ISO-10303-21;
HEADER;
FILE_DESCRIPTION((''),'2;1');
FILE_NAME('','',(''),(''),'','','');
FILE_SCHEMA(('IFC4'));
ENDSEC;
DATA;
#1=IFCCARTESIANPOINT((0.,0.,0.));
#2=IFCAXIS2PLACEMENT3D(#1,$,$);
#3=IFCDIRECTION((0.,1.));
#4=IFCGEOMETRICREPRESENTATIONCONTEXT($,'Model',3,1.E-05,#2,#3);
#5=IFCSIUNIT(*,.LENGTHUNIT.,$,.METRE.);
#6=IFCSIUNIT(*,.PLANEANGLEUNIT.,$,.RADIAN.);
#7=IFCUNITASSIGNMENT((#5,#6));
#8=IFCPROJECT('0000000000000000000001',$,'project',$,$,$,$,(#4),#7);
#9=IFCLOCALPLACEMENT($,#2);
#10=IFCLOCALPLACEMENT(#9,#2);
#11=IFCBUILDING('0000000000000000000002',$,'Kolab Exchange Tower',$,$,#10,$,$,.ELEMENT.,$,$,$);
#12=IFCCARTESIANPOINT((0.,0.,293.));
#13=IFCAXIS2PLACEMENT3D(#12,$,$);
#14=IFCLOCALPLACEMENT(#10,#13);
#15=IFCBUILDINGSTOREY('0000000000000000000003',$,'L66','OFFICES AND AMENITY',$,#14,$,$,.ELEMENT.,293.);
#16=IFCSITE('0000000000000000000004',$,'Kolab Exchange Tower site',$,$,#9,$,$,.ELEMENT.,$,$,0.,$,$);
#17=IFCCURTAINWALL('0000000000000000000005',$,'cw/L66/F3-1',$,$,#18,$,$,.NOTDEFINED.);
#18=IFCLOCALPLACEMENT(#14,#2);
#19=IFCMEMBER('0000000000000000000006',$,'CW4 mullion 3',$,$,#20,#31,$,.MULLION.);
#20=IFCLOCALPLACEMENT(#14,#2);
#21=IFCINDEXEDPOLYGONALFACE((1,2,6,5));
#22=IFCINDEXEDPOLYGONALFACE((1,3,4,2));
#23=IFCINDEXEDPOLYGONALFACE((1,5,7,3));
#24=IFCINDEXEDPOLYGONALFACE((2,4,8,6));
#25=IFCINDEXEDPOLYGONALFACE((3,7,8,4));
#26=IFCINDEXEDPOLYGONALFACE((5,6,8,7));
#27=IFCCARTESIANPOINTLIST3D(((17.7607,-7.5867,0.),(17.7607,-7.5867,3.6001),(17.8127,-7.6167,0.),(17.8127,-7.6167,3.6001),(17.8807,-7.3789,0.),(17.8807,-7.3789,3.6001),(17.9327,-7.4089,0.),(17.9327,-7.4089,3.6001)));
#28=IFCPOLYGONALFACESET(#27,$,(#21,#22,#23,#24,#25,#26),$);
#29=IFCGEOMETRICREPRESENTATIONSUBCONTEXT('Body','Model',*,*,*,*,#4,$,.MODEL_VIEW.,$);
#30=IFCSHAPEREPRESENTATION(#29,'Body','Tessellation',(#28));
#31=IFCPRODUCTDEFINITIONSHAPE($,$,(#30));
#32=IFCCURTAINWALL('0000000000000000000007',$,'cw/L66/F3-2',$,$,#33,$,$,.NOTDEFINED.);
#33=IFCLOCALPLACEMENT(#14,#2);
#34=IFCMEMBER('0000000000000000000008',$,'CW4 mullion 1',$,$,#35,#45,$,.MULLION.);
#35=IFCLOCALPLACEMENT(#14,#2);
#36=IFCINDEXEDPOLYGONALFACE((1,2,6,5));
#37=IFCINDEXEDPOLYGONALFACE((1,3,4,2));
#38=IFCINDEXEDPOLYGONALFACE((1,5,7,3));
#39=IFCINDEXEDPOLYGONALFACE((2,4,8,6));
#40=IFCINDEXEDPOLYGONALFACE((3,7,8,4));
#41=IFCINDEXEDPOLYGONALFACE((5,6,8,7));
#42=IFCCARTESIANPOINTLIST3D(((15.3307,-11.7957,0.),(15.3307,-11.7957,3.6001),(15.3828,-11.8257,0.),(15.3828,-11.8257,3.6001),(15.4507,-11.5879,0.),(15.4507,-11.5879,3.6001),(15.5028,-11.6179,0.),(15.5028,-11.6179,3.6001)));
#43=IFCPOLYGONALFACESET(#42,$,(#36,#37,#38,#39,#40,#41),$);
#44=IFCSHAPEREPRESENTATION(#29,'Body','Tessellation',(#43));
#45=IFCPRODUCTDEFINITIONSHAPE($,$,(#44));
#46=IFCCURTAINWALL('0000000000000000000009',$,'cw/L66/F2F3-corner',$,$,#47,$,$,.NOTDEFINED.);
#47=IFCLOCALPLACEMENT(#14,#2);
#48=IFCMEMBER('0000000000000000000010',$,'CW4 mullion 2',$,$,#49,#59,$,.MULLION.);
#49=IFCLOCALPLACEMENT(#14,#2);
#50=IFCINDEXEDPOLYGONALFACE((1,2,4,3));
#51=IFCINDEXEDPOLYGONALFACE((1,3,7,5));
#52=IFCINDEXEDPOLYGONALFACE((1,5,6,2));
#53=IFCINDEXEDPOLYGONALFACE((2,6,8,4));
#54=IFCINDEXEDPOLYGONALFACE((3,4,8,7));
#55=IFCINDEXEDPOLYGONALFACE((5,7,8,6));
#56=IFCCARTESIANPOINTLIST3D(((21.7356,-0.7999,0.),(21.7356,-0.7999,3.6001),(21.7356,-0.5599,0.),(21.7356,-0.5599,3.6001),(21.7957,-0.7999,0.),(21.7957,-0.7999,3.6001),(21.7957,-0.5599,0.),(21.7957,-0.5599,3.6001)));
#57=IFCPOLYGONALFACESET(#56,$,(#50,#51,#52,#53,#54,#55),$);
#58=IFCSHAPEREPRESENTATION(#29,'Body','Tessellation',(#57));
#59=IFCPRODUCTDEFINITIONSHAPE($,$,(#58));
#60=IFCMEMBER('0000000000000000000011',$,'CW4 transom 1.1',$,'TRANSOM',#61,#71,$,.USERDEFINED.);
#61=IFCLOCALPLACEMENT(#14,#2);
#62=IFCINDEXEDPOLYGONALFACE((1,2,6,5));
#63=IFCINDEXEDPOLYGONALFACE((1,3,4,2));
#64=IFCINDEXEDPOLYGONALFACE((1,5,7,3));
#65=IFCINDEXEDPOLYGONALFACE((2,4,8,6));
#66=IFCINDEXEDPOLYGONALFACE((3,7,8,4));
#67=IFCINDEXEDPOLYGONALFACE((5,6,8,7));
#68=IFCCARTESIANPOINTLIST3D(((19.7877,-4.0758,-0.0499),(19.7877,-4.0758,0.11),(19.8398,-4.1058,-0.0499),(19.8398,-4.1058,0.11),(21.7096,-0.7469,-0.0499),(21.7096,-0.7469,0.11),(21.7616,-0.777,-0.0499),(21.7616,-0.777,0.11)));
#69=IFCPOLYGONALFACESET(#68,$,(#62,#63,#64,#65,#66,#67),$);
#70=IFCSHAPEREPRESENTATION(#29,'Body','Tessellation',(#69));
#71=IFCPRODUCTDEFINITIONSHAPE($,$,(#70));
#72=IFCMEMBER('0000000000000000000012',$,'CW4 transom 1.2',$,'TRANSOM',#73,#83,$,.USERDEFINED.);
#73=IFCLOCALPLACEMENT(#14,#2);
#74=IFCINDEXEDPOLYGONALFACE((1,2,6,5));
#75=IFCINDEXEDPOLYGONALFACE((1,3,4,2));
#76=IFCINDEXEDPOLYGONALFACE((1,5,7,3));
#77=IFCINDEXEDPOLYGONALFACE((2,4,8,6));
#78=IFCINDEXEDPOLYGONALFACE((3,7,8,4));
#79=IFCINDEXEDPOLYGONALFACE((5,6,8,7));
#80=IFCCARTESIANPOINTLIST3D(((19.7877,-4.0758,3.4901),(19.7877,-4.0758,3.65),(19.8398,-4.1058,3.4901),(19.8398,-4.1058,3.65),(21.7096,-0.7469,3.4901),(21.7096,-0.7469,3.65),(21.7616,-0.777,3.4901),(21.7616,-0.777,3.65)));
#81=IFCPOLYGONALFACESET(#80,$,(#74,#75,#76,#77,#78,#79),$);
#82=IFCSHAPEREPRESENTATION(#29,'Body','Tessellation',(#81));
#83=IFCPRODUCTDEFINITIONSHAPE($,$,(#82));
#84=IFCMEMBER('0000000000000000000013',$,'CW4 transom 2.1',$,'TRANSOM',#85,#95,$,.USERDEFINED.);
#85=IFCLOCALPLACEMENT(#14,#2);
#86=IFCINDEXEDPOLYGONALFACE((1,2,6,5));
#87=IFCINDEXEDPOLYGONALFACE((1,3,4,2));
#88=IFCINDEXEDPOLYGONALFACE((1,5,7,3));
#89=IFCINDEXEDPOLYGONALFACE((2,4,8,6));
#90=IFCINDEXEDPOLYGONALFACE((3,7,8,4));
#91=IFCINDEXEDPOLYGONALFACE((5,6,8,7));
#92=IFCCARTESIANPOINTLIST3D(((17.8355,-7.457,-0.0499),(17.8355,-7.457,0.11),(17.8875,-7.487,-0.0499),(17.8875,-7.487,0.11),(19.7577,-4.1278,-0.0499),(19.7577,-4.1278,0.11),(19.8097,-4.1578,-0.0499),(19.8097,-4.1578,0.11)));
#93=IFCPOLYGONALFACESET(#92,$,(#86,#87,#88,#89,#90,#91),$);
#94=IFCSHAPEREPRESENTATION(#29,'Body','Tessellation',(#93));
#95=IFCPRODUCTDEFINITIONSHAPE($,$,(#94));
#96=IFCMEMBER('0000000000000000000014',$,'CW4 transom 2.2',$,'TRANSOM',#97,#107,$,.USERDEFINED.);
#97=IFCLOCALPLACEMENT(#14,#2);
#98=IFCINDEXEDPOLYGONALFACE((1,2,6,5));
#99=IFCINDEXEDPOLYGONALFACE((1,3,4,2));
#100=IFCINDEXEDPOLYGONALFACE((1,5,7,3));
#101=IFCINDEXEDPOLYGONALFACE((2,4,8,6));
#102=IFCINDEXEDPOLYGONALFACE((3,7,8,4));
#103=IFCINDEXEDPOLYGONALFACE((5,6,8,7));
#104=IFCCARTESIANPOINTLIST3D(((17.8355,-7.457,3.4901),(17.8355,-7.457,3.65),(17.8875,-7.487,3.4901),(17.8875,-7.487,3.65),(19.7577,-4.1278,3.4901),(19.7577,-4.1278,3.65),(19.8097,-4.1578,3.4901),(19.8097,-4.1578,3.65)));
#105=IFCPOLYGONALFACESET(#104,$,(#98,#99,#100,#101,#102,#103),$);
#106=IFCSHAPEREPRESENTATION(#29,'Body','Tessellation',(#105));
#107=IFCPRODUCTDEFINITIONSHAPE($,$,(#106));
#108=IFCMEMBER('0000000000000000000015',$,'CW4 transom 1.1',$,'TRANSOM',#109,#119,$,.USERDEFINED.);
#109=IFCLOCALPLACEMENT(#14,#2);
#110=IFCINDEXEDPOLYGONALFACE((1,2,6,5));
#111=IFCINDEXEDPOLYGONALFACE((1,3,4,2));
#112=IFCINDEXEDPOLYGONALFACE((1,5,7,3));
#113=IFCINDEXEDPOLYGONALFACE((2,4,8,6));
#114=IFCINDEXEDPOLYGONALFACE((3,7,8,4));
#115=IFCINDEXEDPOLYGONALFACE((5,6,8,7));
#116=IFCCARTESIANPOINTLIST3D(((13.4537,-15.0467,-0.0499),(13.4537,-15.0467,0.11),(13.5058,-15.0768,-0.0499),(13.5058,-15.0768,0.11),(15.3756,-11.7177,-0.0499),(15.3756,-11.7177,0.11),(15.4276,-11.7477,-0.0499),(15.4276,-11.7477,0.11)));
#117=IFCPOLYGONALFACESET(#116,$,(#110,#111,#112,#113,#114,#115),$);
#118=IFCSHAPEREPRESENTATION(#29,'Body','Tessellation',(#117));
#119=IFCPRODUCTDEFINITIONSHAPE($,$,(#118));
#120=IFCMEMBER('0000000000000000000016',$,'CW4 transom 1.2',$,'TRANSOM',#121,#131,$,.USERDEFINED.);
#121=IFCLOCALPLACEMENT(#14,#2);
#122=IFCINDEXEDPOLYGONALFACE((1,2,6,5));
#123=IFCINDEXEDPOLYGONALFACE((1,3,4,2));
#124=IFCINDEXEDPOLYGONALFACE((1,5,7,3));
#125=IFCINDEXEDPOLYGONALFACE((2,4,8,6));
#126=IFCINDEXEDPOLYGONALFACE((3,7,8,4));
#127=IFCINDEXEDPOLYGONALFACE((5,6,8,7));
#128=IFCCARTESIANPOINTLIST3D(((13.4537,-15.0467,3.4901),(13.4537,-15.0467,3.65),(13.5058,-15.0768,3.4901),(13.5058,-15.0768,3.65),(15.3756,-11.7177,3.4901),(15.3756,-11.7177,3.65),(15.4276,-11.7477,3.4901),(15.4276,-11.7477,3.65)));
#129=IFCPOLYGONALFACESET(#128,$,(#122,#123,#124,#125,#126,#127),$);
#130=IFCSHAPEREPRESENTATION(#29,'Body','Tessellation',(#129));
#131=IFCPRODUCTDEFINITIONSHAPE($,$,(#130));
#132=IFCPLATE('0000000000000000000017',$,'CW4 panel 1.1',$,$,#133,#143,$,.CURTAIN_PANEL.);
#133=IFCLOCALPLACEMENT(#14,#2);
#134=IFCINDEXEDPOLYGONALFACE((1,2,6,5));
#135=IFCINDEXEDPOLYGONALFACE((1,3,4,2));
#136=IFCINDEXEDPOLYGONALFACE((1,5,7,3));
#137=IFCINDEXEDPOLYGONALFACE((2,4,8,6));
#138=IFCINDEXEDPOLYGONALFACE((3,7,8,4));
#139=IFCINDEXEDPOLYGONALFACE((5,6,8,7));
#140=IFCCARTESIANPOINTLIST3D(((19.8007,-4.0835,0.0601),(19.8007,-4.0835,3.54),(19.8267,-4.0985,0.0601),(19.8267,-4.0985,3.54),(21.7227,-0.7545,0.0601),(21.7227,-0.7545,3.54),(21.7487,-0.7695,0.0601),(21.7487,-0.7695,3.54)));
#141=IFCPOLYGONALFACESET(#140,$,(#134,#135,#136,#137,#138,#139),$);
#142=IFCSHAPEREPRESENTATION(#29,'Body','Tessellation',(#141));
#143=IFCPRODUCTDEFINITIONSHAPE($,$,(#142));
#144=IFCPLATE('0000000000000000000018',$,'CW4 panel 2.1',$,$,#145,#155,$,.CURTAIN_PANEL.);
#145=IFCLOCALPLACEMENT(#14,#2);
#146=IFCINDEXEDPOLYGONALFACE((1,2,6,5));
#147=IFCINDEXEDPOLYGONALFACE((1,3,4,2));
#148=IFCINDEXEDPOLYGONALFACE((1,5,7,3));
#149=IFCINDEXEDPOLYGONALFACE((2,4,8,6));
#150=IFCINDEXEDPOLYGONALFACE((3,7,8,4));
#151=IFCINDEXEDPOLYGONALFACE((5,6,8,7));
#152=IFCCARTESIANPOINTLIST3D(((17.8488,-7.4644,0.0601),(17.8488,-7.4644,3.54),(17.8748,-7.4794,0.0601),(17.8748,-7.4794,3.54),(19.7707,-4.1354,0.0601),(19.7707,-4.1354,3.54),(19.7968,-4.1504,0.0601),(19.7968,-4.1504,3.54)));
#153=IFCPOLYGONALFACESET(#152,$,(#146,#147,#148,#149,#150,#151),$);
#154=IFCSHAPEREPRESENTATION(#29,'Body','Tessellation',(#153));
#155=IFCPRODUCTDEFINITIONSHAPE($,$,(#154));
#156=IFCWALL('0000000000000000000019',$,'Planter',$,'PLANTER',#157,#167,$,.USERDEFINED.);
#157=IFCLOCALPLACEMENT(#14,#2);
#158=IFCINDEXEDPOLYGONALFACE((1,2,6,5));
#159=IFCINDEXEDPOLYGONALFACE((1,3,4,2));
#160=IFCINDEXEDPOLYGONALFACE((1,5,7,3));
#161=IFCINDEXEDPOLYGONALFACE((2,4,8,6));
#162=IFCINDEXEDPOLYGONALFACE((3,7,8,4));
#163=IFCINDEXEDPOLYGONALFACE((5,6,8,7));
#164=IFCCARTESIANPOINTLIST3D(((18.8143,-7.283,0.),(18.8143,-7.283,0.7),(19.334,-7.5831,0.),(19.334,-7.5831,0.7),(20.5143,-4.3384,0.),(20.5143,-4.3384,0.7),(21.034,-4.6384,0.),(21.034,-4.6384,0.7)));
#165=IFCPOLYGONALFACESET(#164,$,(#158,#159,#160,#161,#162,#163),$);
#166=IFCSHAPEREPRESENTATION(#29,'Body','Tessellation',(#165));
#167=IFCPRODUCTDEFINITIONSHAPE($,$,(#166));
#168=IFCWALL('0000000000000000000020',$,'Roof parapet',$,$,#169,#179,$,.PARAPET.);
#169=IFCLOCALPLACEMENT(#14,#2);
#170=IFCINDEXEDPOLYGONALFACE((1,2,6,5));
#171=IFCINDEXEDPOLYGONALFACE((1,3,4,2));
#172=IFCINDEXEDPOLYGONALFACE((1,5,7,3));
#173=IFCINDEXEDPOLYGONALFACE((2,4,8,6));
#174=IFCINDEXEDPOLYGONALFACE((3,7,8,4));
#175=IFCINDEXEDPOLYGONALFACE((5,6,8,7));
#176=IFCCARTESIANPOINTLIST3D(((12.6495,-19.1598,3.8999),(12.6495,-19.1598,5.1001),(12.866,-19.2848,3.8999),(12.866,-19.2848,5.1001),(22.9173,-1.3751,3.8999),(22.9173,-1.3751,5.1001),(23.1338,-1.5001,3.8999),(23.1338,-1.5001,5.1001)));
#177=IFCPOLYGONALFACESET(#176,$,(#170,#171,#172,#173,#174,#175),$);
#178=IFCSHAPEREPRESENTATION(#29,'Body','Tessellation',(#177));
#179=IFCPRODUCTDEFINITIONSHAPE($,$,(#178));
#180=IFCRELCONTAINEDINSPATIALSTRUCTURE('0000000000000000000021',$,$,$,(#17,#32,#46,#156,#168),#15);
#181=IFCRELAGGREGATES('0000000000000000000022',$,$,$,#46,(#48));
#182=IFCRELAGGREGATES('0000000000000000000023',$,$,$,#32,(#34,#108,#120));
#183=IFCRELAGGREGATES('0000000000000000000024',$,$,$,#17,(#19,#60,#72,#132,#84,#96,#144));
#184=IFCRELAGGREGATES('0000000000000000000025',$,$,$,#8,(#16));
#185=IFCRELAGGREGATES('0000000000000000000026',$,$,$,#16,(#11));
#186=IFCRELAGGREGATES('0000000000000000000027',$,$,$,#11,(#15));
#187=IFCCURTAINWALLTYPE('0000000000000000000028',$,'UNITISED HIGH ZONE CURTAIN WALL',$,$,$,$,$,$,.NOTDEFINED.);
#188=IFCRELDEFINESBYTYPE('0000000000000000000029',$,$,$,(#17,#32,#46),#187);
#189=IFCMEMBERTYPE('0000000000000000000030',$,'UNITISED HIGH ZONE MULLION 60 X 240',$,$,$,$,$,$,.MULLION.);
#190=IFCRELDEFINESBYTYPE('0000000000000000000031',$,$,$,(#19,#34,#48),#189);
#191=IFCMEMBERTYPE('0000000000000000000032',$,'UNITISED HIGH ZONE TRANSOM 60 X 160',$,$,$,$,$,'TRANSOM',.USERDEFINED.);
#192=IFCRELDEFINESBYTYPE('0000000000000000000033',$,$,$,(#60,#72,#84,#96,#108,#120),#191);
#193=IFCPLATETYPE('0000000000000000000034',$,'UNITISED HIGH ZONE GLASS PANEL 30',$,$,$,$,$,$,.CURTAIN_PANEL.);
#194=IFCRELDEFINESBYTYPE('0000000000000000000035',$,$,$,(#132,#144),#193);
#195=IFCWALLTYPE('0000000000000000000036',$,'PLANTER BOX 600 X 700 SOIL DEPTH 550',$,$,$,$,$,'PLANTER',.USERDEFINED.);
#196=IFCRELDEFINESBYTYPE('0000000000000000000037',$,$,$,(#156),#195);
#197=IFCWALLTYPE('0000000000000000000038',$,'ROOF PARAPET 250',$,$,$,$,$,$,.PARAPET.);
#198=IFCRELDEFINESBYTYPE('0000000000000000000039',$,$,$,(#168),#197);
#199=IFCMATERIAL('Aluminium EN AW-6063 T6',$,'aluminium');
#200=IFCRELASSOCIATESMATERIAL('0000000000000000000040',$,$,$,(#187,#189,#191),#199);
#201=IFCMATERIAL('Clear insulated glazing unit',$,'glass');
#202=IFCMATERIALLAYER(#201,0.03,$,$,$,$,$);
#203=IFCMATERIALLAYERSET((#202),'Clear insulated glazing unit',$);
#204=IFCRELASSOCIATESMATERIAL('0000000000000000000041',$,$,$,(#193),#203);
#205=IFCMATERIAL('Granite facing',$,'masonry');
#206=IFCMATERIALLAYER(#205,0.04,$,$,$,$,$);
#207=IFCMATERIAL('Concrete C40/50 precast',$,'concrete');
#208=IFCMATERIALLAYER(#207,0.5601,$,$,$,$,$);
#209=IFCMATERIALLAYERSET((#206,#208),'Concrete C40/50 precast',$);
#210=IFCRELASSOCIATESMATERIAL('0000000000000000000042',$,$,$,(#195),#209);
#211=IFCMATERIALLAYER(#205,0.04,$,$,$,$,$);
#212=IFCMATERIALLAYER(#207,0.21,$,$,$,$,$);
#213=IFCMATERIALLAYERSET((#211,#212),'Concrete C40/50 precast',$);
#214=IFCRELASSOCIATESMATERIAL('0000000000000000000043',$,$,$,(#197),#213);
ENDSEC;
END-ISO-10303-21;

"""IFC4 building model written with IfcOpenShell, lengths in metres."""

from ifc_helpers import new_model, si_unit, direction, frame, frame_2d, origin, origin_2d, place, context, subcontext, project, spatial, rectangle, extrude, material, layer, layer_set, material_profile, profile_set, type_object, element, aggregate, save


model = new_model("IFC4")

# Units and contexts
model_context = context("Model", 3, precision=1e-05, world=origin(), true_north=direction((0.0, 1.0)))
body_context = subcontext(model_context, "Body", "Model", "MODEL_VIEW")
ifc_project = project(units=[si_unit("LENGTHUNIT", "METRE"), si_unit("PLANEANGLEUNIT", "RADIAN")], contexts=[model_context])

# Site, building, storey
site_placement = place(None, origin())
site = spatial("IfcSite", under=ifc_project, at=site_placement, Name="Kolab Exchange Tower site", CompositionType="ELEMENT", RefElevation=0.0)
building_placement = place(site_placement, origin())
building = spatial("IfcBuilding", under=site, at=building_placement, Name="Kolab Exchange Tower", CompositionType="ELEMENT")
storey_placement = place(building_placement, frame((0.0, 0.0, 293.0)))
storey = spatial("IfcBuildingStorey", under=building, at=storey_placement, Name="L66", Description="OFFICES AND AMENITY", CompositionType="ELEMENT", Elevation=293.0)

# Curtain wall, member
ifc_material_1 = material(Name="Aluminium EN AW-6063 T6", Category="aluminium")
curtain_wall_type = type_object("IfcCurtainWallType", Name="UNITISED HIGH ZONE CURTAIN WALL", PredefinedType="NOTDEFINED", material=ifc_material_1)
curtain_wall_1_placement = place(storey_placement, origin())
curtain_wall_1 = element("IfcCurtainWall", 1, at=curtain_wall_1_placement, inside=storey, type_object=curtain_wall_type, Name="cw/L66/F3-1", PredefinedType="NOTDEFINED")
ifc_material_profile_1 = material_profile(ifc_material_1, rectangle(XDim=0.0601, YDim=0.24, at=origin_2d()), Name="RECT 60X240")
ifc_profile_set_1 = profile_set([ifc_material_profile_1], Name="Aluminium EN AW-6063 T6")
member_type_1 = type_object("IfcMemberType", Name="UNITISED HIGH ZONE MULLION 60 X 240", PredefinedType="MULLION", material=ifc_profile_set_1)
member_1_placement = place(storey_placement, frame((17.8467, -7.4978, 0.0), z_axis=(0.0, 0.0, 1.0), x_axis=(0.866025, -0.5, 0.0)))
member_1 = element("IfcMember", 2, at=member_1_placement, type_object=member_type_1, Name="CW4 mullion 3", PredefinedType="MULLION", context=body_context, shape_type="SweptSolid", body=[
    extrude(rectangle(XDim=0.0601, YDim=0.24, at=origin_2d()), origin(), (0.0, 0.0, 1.0), 3.6001),
])

# Curtain walls, members
curtain_wall_2_placement = place(storey_placement, origin())
curtain_wall_2 = element("IfcCurtainWall", 3, at=curtain_wall_2_placement, inside=storey, type_object=curtain_wall_type, Name="cw/L66/F3-2", PredefinedType="NOTDEFINED")
member_2_placement = place(storey_placement, frame((15.4167, -11.7068, 0.0), z_axis=(0.0, 0.0, 1.0), x_axis=(0.866025, -0.5, 0.0)))
member_2 = element("IfcMember", 4, at=member_2_placement, type_object=member_type_1, Name="CW4 mullion 1", PredefinedType="MULLION", context=body_context, shape_type="SweptSolid", body=[
    extrude(rectangle(XDim=0.0601, YDim=0.24, at=origin_2d()), origin(), (0.0, 0.0, 1.0), 3.6001),
])
curtain_wall_3_placement = place(storey_placement, origin())
curtain_wall_3 = element("IfcCurtainWall", 5, at=curtain_wall_3_placement, inside=storey, type_object=curtain_wall_type, Name="cw/L66/F2F3-corner", PredefinedType="NOTDEFINED")
member_3_placement = place(storey_placement, frame((21.7656, -0.6799, 0.0), z_axis=(0.0, 0.0, 1.0), x_axis=(1.0, 0.0, 0.0)))
member_3 = element("IfcMember", 6, at=member_3_placement, type_object=member_type_1, Name="CW4 mullion 2", PredefinedType="MULLION", context=body_context, shape_type="SweptSolid", body=[
    extrude(rectangle(XDim=0.0601, YDim=0.24, at=origin_2d()), origin(), (0.0, 0.0, 1.0), 3.6001),
])
aggregate(curtain_wall_3, [member_3])

# Members
ifc_material_profile_2 = material_profile(ifc_material_1, rectangle(XDim=0.0601, YDim=0.1599, at=origin_2d()), Name="RECT 60X160")
ifc_profile_set_2 = profile_set([ifc_material_profile_2], Name="Aluminium EN AW-6063 T6")
member_type_2 = type_object("IfcMemberType", Name="UNITISED HIGH ZONE TRANSOM 60 X 160", ElementType="TRANSOM", PredefinedType="USERDEFINED", material=ifc_profile_set_2)
member_4_placement = place(storey_placement, frame((21.7356, -0.762, 0.03), z_axis=(-0.499992, -0.86603, 0.0), x_axis=(0.86603, -0.499992, 0.0)))
member_4 = element("IfcMember", 7, at=member_4_placement, type_object=member_type_2, Name="CW4 transom 1.1", ObjectType="TRANSOM", PredefinedType="USERDEFINED", context=body_context, shape_type="SweptSolid", body=[
    extrude(rectangle(XDim=0.0601, YDim=0.1599, at=origin_2d()), origin(), (0.0, 0.0, 1.0), 3.8438),
])
member_5_placement = place(storey_placement, frame((21.7356, -0.762, 3.5701), z_axis=(-0.499992, -0.86603, 0.0), x_axis=(0.86603, -0.499992, 0.0)))
member_5 = element("IfcMember", 8, at=member_5_placement, type_object=member_type_2, Name="CW4 transom 1.2", ObjectType="TRANSOM", PredefinedType="USERDEFINED", context=body_context, shape_type="SweptSolid", body=[
    extrude(rectangle(XDim=0.0601, YDim=0.1599, at=origin_2d()), origin(), (0.0, 0.0, 1.0), 3.8438),
])
member_6_placement = place(storey_placement, frame((19.7837, -4.1428, 0.03), z_axis=(-0.500012, -0.866018, 0.0), x_axis=(0.866018, -0.500012, 0.0)))
member_6 = element("IfcMember", 9, at=member_6_placement, type_object=member_type_2, Name="CW4 transom 2.1", ObjectType="TRANSOM", PredefinedType="USERDEFINED", context=body_context, shape_type="SweptSolid", body=[
    extrude(rectangle(XDim=0.0601, YDim=0.1599, at=origin_2d()), origin(), (0.0, 0.0, 1.0), 3.8442),
])
member_7_placement = place(storey_placement, frame((19.7837, -4.1428, 3.5701), z_axis=(-0.500012, -0.866018, 0.0), x_axis=(0.866018, -0.500012, 0.0)))
member_7 = element("IfcMember", 10, at=member_7_placement, type_object=member_type_2, Name="CW4 transom 2.2", ObjectType="TRANSOM", PredefinedType="USERDEFINED", context=body_context, shape_type="SweptSolid", body=[
    extrude(rectangle(XDim=0.0601, YDim=0.1599, at=origin_2d()), origin(), (0.0, 0.0, 1.0), 3.8442),
])
member_8_placement = place(storey_placement, frame((15.4016, -11.7327, 0.03), z_axis=(-0.499964, -0.866046, 0.0), x_axis=(0.866046, -0.499964, 0.0)))
member_8 = element("IfcMember", 11, at=member_8_placement, type_object=member_type_2, Name="CW4 transom 1.1", ObjectType="TRANSOM", PredefinedType="USERDEFINED", context=body_context, shape_type="SweptSolid", body=[
    extrude(rectangle(XDim=0.0601, YDim=0.1599, at=origin_2d()), origin(), (0.0, 0.0, 1.0), 3.844),
])
member_9_placement = place(storey_placement, frame((15.4016, -11.7327, 3.5701), z_axis=(-0.499964, -0.866046, 0.0), x_axis=(0.866046, -0.499964, 0.0)))
member_9 = element("IfcMember", 12, at=member_9_placement, type_object=member_type_2, Name="CW4 transom 1.2", ObjectType="TRANSOM", PredefinedType="USERDEFINED", context=body_context, shape_type="SweptSolid", body=[
    extrude(rectangle(XDim=0.0601, YDim=0.1599, at=origin_2d()), origin(), (0.0, 0.0, 1.0), 3.844),
])
aggregate(curtain_wall_2, [member_2, member_8, member_9])

# Plates
ifc_material_2 = material(Name="Clear insulated glazing unit", Category="glass")
ifc_layer_1 = layer(ifc_material_2, 0.03)
ifc_layer_set_1 = layer_set([ifc_layer_1], Name="Clear insulated glazing unit")
plate_type = type_object("IfcPlateType", Name="UNITISED HIGH ZONE GLASS PANEL 30", PredefinedType="CURTAIN_PANEL", material=ifc_layer_set_1)
plate_1_placement = place(storey_placement, frame((20.7747, -2.4265, 0.0601), z_axis=(0.0, 0.0, 1.0), x_axis=(-0.5, -0.866025, 0.0)))
plate_1 = element("IfcPlate", 13, at=plate_1_placement, type_object=plate_type, Name="CW4 panel 1.1", PredefinedType="CURTAIN_PANEL", context=body_context, shape_type="SweptSolid", body=[
    extrude(rectangle(XDim=3.844, YDim=0.03, at=origin_2d()), origin(), (0.0, 0.0, 1.0), 3.48),
])
plate_2_placement = place(storey_placement, frame((18.8228, -5.8074, 0.0601), z_axis=(0.0, 0.0, 1.0), x_axis=(-0.5, -0.866025, 0.0)))
plate_2 = element("IfcPlate", 14, at=plate_2_placement, type_object=plate_type, Name="CW4 panel 2.1", PredefinedType="CURTAIN_PANEL", context=body_context, shape_type="SweptSolid", body=[
    extrude(rectangle(XDim=3.844, YDim=0.03, at=origin_2d()), origin(), (0.0, 0.0, 1.0), 3.48),
])
aggregate(curtain_wall_1, [member_1, member_4, member_5, plate_1, member_6, member_7, plate_2])

# Walls
ifc_material_3 = material(Name="Granite facing", Category="masonry")
ifc_layer_2 = layer(ifc_material_3, 0.04)
ifc_material_4 = material(Name="Concrete C40/50 precast", Category="concrete")
ifc_layer_3 = layer(ifc_material_4, 0.5601)
ifc_layer_set_2 = layer_set([ifc_layer_2, ifc_layer_3], Name="Concrete C40/50 precast")
wall_type_1 = type_object("IfcWallType", Name="PLANTER BOX 600 X 700 SOIL DEPTH 550", ElementType="PLANTER", PredefinedType="USERDEFINED", material=ifc_layer_set_2)
wall_1_placement = place(storey_placement, frame((20.7742, -4.4883, 0.0), z_axis=(0.0, 0.0, 1.0), x_axis=(-0.499977, -0.866039, 0.0)))
element("IfcWall", 15, at=wall_1_placement, inside=storey, type_object=wall_type_1, Name="Planter", ObjectType="PLANTER", PredefinedType="USERDEFINED", context=body_context, shape_type="SweptSolid", body=[
    extrude(rectangle(XDim=3.4001, YDim=0.6001, at=frame_2d((1.7002, 0.0))), origin(), (0.0, 0.0, 1.0), 0.7),
])
ifc_layer_4 = layer(ifc_material_3, 0.04)
ifc_layer_5 = layer(ifc_material_4, 0.21)
ifc_layer_set_3 = layer_set([ifc_layer_4, ifc_layer_5], Name="Concrete C40/50 precast")
wall_type_2 = type_object("IfcWallType", Name="ROOF PARAPET 250", PredefinedType="PARAPET", material=ifc_layer_set_3)
wall_2_placement = place(storey_placement, frame((23.0256, -1.4375, 3.8999), z_axis=(0.0, 0.0, 1.0), x_axis=(-0.499994, -0.866029, 0.0)))
element("IfcWall", 16, at=wall_2_placement, inside=storey, type_object=wall_type_2, Name="Roof parapet", PredefinedType="PARAPET", context=body_context, shape_type="SweptSolid", body=[
    extrude(rectangle(XDim=20.5359, YDim=0.25, at=frame_2d((10.2681, 0.0))), origin(), (0.0, 0.0, 1.0), 1.2002),
])

save(model, "model.ifc")
